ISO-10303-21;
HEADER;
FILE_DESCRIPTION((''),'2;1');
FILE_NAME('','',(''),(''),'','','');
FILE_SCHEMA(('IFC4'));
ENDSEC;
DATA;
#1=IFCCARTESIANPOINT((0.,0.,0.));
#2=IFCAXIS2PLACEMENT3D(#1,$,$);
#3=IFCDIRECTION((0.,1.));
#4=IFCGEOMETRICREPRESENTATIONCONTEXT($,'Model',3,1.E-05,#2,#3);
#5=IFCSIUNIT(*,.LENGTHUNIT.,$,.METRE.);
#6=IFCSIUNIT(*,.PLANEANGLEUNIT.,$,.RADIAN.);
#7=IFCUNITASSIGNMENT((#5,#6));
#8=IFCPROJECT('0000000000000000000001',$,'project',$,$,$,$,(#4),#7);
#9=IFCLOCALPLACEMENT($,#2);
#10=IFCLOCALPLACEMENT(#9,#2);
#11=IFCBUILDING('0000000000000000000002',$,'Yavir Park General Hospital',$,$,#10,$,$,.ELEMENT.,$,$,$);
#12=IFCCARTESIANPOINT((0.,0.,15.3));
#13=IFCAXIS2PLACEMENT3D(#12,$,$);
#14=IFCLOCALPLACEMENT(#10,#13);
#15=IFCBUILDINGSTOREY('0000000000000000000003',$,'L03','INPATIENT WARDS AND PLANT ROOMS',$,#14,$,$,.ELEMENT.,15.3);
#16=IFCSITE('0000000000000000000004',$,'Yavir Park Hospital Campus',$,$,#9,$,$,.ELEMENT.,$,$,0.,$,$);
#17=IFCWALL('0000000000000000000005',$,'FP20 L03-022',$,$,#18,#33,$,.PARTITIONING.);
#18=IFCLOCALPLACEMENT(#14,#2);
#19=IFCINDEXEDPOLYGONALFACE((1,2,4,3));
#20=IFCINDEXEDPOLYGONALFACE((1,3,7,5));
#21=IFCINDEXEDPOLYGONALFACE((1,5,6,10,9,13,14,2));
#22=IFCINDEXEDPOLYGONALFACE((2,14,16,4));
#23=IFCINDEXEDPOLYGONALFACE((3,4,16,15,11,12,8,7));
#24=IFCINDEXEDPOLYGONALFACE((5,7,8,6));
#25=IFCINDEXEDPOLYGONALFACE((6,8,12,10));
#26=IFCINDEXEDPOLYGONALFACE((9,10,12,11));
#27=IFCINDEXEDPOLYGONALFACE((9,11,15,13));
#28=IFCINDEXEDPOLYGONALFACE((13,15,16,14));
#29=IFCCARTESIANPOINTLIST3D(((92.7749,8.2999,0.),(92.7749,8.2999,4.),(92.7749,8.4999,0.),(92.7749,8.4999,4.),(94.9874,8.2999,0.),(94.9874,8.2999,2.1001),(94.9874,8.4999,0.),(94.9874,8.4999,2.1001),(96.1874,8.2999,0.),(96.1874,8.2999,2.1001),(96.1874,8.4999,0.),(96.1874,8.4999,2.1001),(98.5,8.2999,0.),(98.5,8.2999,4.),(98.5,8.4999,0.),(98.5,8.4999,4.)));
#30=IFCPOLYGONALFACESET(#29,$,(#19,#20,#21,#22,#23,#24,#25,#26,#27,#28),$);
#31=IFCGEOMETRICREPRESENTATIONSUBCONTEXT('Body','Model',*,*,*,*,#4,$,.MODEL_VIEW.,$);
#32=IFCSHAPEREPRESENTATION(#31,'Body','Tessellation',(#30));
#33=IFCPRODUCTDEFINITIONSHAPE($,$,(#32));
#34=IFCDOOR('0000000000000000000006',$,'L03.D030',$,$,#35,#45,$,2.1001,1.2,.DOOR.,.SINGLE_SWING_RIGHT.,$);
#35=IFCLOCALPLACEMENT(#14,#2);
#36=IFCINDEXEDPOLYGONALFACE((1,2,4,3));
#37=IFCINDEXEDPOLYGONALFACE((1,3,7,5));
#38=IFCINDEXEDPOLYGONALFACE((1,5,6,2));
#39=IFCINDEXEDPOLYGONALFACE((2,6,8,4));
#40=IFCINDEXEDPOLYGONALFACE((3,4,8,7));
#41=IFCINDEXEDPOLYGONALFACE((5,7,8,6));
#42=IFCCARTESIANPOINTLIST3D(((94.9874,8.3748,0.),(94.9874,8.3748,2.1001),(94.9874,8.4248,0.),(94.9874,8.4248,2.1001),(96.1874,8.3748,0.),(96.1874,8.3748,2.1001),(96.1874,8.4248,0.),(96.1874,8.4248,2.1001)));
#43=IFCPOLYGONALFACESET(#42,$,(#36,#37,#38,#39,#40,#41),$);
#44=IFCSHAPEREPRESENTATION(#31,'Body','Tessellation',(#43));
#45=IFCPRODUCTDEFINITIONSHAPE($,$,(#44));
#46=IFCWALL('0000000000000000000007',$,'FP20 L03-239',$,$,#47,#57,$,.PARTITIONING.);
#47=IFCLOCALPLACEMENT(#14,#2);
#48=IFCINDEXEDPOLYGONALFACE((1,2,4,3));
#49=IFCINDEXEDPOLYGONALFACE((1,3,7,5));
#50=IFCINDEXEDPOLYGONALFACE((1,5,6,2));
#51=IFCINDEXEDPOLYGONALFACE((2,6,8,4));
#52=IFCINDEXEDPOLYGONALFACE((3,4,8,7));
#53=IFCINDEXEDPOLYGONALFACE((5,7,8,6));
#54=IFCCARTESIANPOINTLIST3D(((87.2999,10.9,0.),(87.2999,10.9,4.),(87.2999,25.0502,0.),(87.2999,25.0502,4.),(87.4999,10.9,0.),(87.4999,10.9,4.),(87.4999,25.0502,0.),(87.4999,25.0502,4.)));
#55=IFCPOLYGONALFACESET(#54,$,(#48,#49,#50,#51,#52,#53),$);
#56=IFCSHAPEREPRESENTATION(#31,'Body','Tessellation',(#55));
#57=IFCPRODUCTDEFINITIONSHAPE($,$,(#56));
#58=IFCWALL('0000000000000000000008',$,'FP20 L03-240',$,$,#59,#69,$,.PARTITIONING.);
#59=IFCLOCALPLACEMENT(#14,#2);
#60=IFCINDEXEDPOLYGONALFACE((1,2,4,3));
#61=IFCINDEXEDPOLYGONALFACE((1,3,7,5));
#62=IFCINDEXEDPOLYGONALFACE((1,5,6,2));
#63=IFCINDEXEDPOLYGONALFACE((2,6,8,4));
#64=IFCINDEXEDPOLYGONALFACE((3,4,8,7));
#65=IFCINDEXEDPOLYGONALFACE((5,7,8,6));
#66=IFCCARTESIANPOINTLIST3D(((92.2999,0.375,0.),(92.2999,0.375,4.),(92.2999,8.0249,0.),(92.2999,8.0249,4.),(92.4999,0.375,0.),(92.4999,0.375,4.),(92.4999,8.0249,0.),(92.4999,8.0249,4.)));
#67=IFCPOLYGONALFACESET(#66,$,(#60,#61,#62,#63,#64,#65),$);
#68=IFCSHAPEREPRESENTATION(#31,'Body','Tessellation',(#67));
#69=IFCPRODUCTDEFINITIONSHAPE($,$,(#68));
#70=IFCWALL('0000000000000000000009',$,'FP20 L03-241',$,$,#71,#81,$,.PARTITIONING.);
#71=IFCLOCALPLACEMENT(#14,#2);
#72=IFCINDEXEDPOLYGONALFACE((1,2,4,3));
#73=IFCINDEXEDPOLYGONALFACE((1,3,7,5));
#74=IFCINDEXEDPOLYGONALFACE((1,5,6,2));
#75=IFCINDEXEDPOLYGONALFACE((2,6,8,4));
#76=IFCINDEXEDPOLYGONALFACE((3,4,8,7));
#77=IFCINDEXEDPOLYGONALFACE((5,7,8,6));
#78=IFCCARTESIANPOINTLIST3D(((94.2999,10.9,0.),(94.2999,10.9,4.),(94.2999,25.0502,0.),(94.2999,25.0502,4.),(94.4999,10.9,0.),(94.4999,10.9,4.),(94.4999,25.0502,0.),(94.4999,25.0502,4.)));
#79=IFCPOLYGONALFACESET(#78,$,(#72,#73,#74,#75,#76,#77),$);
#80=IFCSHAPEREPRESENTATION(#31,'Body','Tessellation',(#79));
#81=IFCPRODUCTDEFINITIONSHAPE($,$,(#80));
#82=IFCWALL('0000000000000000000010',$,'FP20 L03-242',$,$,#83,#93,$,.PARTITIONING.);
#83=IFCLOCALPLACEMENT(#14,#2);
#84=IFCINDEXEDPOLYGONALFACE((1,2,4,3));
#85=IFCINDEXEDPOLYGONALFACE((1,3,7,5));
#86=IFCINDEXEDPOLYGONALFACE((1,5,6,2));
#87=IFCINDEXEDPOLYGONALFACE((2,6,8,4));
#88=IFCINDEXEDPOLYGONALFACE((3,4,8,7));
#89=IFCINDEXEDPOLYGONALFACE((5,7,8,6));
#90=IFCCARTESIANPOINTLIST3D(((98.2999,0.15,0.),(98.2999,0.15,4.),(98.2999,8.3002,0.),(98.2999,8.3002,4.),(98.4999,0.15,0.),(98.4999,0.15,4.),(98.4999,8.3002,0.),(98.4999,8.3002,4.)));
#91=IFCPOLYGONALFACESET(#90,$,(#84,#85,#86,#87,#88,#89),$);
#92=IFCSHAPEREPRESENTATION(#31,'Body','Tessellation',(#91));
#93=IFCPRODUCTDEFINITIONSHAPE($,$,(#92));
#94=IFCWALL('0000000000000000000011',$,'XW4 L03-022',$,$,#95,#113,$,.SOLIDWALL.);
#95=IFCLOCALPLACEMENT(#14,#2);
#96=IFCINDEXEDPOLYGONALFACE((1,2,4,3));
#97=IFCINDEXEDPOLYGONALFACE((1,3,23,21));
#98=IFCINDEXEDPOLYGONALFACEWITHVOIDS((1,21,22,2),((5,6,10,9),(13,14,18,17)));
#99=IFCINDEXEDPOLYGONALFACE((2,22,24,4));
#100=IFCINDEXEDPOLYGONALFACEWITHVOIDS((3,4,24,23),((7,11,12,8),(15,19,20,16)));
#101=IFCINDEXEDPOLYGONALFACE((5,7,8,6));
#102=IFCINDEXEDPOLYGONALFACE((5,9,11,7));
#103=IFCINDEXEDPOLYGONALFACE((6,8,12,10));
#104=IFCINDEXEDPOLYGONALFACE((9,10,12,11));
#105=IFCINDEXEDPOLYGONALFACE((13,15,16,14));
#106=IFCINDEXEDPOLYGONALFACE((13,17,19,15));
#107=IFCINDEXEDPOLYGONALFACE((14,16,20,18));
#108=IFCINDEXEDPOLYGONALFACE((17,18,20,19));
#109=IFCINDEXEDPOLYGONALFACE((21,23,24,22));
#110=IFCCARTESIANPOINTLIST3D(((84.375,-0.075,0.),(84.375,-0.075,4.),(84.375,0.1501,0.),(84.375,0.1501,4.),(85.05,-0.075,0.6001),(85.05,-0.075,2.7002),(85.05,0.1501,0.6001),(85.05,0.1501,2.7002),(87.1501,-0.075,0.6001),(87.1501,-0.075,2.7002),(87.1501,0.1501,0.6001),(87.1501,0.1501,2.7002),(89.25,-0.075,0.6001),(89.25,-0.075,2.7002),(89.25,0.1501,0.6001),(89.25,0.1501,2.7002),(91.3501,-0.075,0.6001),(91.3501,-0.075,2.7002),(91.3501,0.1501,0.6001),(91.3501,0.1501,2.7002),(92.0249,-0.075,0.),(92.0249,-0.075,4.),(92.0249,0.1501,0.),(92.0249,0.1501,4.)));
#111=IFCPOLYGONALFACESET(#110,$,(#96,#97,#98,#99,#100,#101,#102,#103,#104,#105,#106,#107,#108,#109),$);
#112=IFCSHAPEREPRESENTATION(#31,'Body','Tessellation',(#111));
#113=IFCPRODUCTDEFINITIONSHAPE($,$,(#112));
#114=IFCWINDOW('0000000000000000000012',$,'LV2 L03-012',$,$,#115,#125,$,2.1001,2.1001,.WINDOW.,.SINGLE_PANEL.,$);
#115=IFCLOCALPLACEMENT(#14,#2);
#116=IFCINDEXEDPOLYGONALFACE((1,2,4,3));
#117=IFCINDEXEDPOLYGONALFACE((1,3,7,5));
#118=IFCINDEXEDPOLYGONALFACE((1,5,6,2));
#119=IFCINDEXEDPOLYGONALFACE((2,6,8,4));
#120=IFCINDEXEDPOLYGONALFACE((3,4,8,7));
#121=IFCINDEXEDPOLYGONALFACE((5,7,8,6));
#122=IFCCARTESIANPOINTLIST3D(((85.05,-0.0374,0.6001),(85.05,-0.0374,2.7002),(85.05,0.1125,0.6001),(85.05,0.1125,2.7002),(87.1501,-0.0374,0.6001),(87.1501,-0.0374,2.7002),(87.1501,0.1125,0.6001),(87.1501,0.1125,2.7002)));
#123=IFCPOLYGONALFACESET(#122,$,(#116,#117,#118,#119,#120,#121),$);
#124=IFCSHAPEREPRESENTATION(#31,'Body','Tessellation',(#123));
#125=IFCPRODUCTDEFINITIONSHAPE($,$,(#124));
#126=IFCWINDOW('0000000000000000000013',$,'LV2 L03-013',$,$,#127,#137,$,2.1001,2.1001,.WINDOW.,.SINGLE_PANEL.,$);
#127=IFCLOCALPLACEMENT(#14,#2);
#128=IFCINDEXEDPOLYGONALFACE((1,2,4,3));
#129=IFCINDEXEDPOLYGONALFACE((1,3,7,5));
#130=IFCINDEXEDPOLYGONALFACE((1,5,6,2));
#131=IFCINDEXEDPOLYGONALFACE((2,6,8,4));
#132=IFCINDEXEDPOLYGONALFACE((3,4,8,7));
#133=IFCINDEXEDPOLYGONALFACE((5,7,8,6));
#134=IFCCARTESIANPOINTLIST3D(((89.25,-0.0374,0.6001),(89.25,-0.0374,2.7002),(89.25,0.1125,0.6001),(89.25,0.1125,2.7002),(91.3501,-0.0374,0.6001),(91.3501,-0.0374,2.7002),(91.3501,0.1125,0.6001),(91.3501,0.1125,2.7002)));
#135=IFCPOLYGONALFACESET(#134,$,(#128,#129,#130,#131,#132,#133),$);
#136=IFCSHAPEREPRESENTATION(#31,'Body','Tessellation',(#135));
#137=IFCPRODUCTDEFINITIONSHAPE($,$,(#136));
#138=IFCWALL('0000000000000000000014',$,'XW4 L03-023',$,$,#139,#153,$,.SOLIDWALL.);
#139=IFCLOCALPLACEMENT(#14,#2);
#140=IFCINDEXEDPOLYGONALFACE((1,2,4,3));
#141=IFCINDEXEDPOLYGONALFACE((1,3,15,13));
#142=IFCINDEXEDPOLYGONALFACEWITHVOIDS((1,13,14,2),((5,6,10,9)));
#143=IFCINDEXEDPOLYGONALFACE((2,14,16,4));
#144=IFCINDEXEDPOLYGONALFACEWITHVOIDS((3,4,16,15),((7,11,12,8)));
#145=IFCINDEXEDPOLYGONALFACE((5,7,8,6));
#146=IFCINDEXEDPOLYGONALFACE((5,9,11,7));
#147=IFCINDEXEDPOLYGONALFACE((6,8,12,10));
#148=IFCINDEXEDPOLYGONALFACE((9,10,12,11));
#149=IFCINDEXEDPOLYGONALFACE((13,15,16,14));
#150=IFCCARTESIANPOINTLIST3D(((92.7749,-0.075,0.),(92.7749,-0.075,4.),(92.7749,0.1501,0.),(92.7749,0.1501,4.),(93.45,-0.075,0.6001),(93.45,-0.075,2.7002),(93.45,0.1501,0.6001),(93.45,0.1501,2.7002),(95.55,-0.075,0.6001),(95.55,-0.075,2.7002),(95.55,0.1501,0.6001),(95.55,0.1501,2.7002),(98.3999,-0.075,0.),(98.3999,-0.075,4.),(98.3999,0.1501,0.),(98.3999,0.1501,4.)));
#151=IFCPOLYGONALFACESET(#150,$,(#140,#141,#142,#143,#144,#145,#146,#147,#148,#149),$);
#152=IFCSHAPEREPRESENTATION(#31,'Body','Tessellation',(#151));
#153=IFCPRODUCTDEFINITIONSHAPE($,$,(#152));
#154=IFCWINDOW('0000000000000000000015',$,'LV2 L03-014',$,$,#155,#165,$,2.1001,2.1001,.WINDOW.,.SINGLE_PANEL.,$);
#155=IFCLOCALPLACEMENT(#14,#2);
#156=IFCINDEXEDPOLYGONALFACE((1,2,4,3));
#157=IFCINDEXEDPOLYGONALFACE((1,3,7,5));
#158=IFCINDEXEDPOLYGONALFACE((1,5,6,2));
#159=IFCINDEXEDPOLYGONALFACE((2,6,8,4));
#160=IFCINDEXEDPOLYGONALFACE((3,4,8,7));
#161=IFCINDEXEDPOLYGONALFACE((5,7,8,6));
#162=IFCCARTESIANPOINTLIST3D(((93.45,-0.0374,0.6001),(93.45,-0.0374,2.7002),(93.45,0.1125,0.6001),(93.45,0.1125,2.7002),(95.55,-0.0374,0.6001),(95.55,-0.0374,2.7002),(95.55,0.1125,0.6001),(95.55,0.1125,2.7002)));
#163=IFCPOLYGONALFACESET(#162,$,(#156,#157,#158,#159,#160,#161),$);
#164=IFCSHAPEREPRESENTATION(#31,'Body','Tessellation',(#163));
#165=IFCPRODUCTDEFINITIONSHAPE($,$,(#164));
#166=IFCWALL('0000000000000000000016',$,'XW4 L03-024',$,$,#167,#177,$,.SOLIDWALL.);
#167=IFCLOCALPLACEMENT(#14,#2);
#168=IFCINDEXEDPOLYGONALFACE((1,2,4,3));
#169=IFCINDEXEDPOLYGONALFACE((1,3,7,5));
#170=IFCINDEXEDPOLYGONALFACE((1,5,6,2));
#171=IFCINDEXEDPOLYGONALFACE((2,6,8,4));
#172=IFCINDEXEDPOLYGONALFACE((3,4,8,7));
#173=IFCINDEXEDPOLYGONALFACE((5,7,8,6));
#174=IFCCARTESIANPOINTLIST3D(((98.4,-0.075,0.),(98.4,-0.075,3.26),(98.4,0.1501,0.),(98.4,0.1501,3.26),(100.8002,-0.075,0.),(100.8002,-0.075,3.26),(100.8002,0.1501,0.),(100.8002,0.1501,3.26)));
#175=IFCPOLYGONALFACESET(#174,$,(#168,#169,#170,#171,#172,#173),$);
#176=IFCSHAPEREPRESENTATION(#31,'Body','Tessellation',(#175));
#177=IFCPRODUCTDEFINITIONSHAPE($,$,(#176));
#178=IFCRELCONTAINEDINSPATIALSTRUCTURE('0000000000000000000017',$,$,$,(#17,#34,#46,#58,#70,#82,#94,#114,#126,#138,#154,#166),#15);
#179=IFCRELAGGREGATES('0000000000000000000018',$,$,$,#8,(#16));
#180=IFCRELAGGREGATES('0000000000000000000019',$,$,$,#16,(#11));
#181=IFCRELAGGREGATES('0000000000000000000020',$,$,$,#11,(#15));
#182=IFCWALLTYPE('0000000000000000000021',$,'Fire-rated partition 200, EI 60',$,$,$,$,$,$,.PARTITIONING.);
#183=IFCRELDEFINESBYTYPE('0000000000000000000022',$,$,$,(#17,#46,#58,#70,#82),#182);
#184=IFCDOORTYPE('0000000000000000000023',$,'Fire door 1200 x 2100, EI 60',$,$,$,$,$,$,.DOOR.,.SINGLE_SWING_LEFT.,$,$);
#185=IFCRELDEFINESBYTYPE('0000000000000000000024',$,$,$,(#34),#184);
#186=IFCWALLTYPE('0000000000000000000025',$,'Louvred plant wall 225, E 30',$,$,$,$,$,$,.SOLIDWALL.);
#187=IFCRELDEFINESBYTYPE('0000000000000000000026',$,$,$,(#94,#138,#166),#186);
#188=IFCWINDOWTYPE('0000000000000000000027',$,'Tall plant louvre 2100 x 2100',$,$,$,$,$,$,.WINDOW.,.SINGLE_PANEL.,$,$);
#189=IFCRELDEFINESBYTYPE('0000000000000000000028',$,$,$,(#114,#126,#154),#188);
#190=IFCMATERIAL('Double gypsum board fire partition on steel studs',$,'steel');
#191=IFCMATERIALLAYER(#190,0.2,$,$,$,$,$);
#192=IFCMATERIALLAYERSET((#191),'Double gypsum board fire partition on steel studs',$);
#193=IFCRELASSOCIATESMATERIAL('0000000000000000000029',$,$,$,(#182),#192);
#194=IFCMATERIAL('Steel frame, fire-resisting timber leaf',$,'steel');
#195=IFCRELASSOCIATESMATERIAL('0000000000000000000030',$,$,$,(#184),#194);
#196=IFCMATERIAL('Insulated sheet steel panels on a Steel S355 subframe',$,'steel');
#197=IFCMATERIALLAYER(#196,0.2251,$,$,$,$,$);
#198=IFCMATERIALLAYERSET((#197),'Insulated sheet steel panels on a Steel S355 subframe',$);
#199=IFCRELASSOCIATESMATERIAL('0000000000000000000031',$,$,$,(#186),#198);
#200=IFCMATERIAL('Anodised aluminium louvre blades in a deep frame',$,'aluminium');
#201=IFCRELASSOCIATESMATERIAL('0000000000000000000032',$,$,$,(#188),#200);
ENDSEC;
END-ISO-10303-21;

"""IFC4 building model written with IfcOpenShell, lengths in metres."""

from ifc_helpers import new_model, si_unit, direction, frame, frame_2d, origin, place, context, subcontext, project, spatial, rectangle, extrude, material, layer, layer_set, type_object, element, fill, save


model = new_model("IFC4")

# Units and contexts
model_context = context("Model", 3, precision=1e-05, world=origin(), true_north=direction((0.0, 1.0)))
body_context = subcontext(model_context, "Body", "Model", "MODEL_VIEW")
ifc_project = project(units=[si_unit("LENGTHUNIT", "METRE"), si_unit("PLANEANGLEUNIT", "RADIAN")], contexts=[model_context])

# Site, building, storey
site_placement = place(None, origin())
site = spatial("IfcSite", under=ifc_project, at=site_placement, Name="Yavir Park Hospital Campus", CompositionType="ELEMENT", RefElevation=0.0)
building_placement = place(site_placement, origin())
building = spatial("IfcBuilding", under=site, at=building_placement, Name="Yavir Park General Hospital", CompositionType="ELEMENT")
storey_placement = place(building_placement, frame((0.0, 0.0, 15.3)))
storey = spatial("IfcBuildingStorey", under=building, at=storey_placement, Name="L03", Description="INPATIENT WARDS AND PLANT ROOMS", CompositionType="ELEMENT", Elevation=15.3)

# Shared definitions
ifc_material_1 = material(Name="Double gypsum board fire partition on steel studs", Category="steel")
ifc_layer_1 = layer(ifc_material_1, 0.2)
ifc_layer_set_1 = layer_set([ifc_layer_1], Name="Double gypsum board fire partition on steel studs")
wall_type_1 = type_object("IfcWallType", Name="Fire-rated partition 200, EI 60", PredefinedType="PARTITIONING", material=ifc_layer_set_1)

# Wall, opening, door
wall_1_placement = place(storey_placement, frame((92.7749, 8.3999, 0.0), z_axis=(0.0, 0.0, 1.0), x_axis=(1.0, 0.0, 0.0)))
wall_1 = element("IfcWall", 1, at=wall_1_placement, inside=storey, type_object=wall_type_1, Name="FP20 L03-022", PredefinedType="PARTITIONING", context=body_context, shape_type="SweptSolid", body=[
    extrude(rectangle(XDim=5.7251, YDim=0.2, at=frame_2d((2.8625, 0.0))), origin(), (0.0, 0.0, 1.0), 4.0),
])
opening_1_placement = place(wall_1_placement, frame((2.2124, 0.0, 0.0)))
opening_1 = element("IfcOpeningElement", 2, at=opening_1_placement, cuts=wall_1, PredefinedType="OPENING", context=body_context, shape_type="SweptSolid", body=[
    extrude(rectangle(XDim=1.2, YDim=2.1001, at=frame_2d((0.6001, 1.05))), frame((0.0, 0.1099, 0.0), z_axis=(0.0, -1.0, 0.0), x_axis=(1.0, 0.0, 0.0)), (0.0, 0.0, 1.0), 0.22),
])
ifc_material_2 = material(Name="Steel frame, fire-resisting timber leaf", Category="steel")
door_type = type_object("IfcDoorType", Name="Fire door 1200 x 2100, EI 60", OperationType="SINGLE_SWING_LEFT", PredefinedType="DOOR", material=ifc_material_2)
door_placement = place(opening_1_placement, origin())
door = element("IfcDoor", 3, at=door_placement, inside=storey, type_object=door_type, Name="L03.D030", OperationType="SINGLE_SWING_RIGHT", OverallHeight=2.1001, OverallWidth=1.2, PredefinedType="DOOR", context=body_context, shape_type="SweptSolid", body=[
    extrude(rectangle(XDim=1.2, YDim=2.1001, at=frame_2d((0.6001, 1.05))), frame((0.0, 0.0249, 0.0), z_axis=(0.0, -1.0, 0.0), x_axis=(1.0, 0.0, 0.0)), (0.0, 0.0, 1.0), 0.05),
])
fill(opening_1, door)

# Walls
wall_2_placement = place(storey_placement, frame((87.3999, 10.8999, 0.0), z_axis=(0.0, 0.0, 1.0), x_axis=(0.0, 1.0, 0.0)))
element("IfcWall", 4, at=wall_2_placement, inside=storey, type_object=wall_type_1, Name="FP20 L03-239", PredefinedType="PARTITIONING", context=body_context, shape_type="SweptSolid", body=[
    extrude(rectangle(XDim=14.1501, YDim=0.2, at=frame_2d((7.0752, 0.0))), origin(), (0.0, 0.0, 1.0), 4.0),
])
wall_3_placement = place(storey_placement, frame((92.3999, 0.375, 0.0), z_axis=(0.0, 0.0, 1.0), x_axis=(0.0, 1.0, 0.0)))
element("IfcWall", 5, at=wall_3_placement, inside=storey, type_object=wall_type_1, Name="FP20 L03-240", PredefinedType="PARTITIONING", context=body_context, shape_type="SweptSolid", body=[
    extrude(rectangle(XDim=7.6499, YDim=0.2, at=frame_2d((3.825, 0.0))), origin(), (0.0, 0.0, 1.0), 4.0),
])
wall_4_placement = place(storey_placement, frame((94.3999, 10.8999, 0.0), z_axis=(0.0, 0.0, 1.0), x_axis=(0.0, 1.0, 0.0)))
element("IfcWall", 6, at=wall_4_placement, inside=storey, type_object=wall_type_1, Name="FP20 L03-241", PredefinedType="PARTITIONING", context=body_context, shape_type="SweptSolid", body=[
    extrude(rectangle(XDim=14.1501, YDim=0.2, at=frame_2d((7.0752, 0.0))), origin(), (0.0, 0.0, 1.0), 4.0),
])
wall_5_placement = place(storey_placement, frame((98.3999, 0.1499, 0.0), z_axis=(0.0, 0.0, 1.0), x_axis=(0.0, 1.0, 0.0)))
element("IfcWall", 7, at=wall_5_placement, inside=storey, type_object=wall_type_1, Name="FP20 L03-242", PredefinedType="PARTITIONING", context=body_context, shape_type="SweptSolid", body=[
    extrude(rectangle(XDim=8.1501, YDim=0.2, at=frame_2d((4.0752, 0.0))), origin(), (0.0, 0.0, 1.0), 4.0),
])

# Wall, openings, windows
ifc_material_3 = material(Name="Insulated sheet steel panels on a Steel S355 subframe", Category="steel")
ifc_layer_2 = layer(ifc_material_3, 0.2251)
ifc_layer_set_2 = layer_set([ifc_layer_2], Name="Insulated sheet steel panels on a Steel S355 subframe")
wall_type_2 = type_object("IfcWallType", Name="Louvred plant wall 225, E 30", PredefinedType="SOLIDWALL", material=ifc_layer_set_2)
wall_6_placement = place(storey_placement, frame((84.375, 0.0376, 0.0), z_axis=(0.0, 0.0, 1.0), x_axis=(1.0, 0.0, 0.0)))
wall_6 = element("IfcWall", 8, at=wall_6_placement, inside=storey, type_object=wall_type_2, Name="XW4 L03-022", PredefinedType="SOLIDWALL", context=body_context, shape_type="SweptSolid", body=[
    extrude(rectangle(XDim=7.6499, YDim=0.2251, at=frame_2d((3.825, 0.0))), origin(), (0.0, 0.0, 1.0), 4.0),
])
opening_2_placement = place(wall_6_placement, frame((0.675, 0.0, 0.6001)))
opening_2 = element("IfcOpeningElement", 9, at=opening_2_placement, cuts=wall_6, PredefinedType="OPENING", context=body_context, shape_type="SweptSolid", body=[
    extrude(rectangle(XDim=2.1001, YDim=2.1001, at=frame_2d((1.05, 1.05))), frame((0.0, 0.1226, 0.0), z_axis=(0.0, -1.0, 0.0), x_axis=(1.0, 0.0, 0.0)), (0.0, 0.0, 1.0), 0.2451),
])
opening_3_placement = place(wall_6_placement, frame((4.875, 0.0, 0.6001)))
opening_3 = element("IfcOpeningElement", 10, at=opening_3_placement, cuts=wall_6, PredefinedType="OPENING", context=body_context, shape_type="SweptSolid", body=[
    extrude(rectangle(XDim=2.1001, YDim=2.1001, at=frame_2d((1.05, 1.05))), frame((0.0, 0.1226, 0.0), z_axis=(0.0, -1.0, 0.0), x_axis=(1.0, 0.0, 0.0)), (0.0, 0.0, 1.0), 0.2451),
])
ifc_material_4 = material(Name="Anodised aluminium louvre blades in a deep frame", Category="aluminium")
window_type = type_object("IfcWindowType", Name="Tall plant louvre 2100 x 2100", PartitioningType="SINGLE_PANEL", PredefinedType="WINDOW", material=ifc_material_4)
window_1_placement = place(opening_2_placement, origin())
window_1 = element("IfcWindow", 11, at=window_1_placement, inside=storey, type_object=window_type, Name="LV2 L03-012", OverallHeight=2.1001, OverallWidth=2.1001, PartitioningType="SINGLE_PANEL", PredefinedType="WINDOW", context=body_context, shape_type="SweptSolid", body=[
    extrude(rectangle(XDim=2.1001, YDim=2.1001, at=frame_2d((1.05, 1.05))), frame((0.0, 0.075, 0.0), z_axis=(0.0, -1.0, 0.0), x_axis=(1.0, 0.0, 0.0)), (0.0, 0.0, 1.0), 0.1499),
])
fill(opening_2, window_1)
window_2_placement = place(opening_3_placement, origin())
window_2 = element("IfcWindow", 12, at=window_2_placement, inside=storey, type_object=window_type, Name="LV2 L03-013", OverallHeight=2.1001, OverallWidth=2.1001, PartitioningType="SINGLE_PANEL", PredefinedType="WINDOW", context=body_context, shape_type="SweptSolid", body=[
    extrude(rectangle(XDim=2.1001, YDim=2.1001, at=frame_2d((1.05, 1.05))), frame((0.0, 0.075, 0.0), z_axis=(0.0, -1.0, 0.0), x_axis=(1.0, 0.0, 0.0)), (0.0, 0.0, 1.0), 0.1499),
])
fill(opening_3, window_2)

# Wall, opening, window
wall_7_placement = place(storey_placement, frame((92.7749, 0.0376, 0.0), z_axis=(0.0, 0.0, 1.0), x_axis=(1.0, 0.0, 0.0)))
wall_7 = element("IfcWall", 13, at=wall_7_placement, inside=storey, type_object=wall_type_2, Name="XW4 L03-023", PredefinedType="SOLIDWALL", context=body_context, shape_type="SweptSolid", body=[
    extrude(rectangle(XDim=5.625, YDim=0.2251, at=frame_2d((2.8125, 0.0))), origin(), (0.0, 0.0, 1.0), 4.0),
])
opening_4_placement = place(wall_7_placement, frame((0.675, 0.0, 0.6001)))
opening_4 = element("IfcOpeningElement", 14, at=opening_4_placement, cuts=wall_7, PredefinedType="OPENING", context=body_context, shape_type="SweptSolid", body=[
    extrude(rectangle(XDim=2.1001, YDim=2.1001, at=frame_2d((1.05, 1.05))), frame((0.0, 0.1226, 0.0), z_axis=(0.0, -1.0, 0.0), x_axis=(1.0, 0.0, 0.0)), (0.0, 0.0, 1.0), 0.2451),
])
window_3_placement = place(opening_4_placement, origin())
window_3 = element("IfcWindow", 15, at=window_3_placement, inside=storey, type_object=window_type, Name="LV2 L03-014", OverallHeight=2.1001, OverallWidth=2.1001, PartitioningType="SINGLE_PANEL", PredefinedType="WINDOW", context=body_context, shape_type="SweptSolid", body=[
    extrude(rectangle(XDim=2.1001, YDim=2.1001, at=frame_2d((1.05, 1.05))), frame((0.0, 0.075, 0.0), z_axis=(0.0, -1.0, 0.0), x_axis=(1.0, 0.0, 0.0)), (0.0, 0.0, 1.0), 0.1499),
])
fill(opening_4, window_3)

# Wall
wall_8_placement = place(storey_placement, frame((98.3999, 0.0376, 0.0), z_axis=(0.0, 0.0, 1.0), x_axis=(1.0, 0.0, 0.0)))
element("IfcWall", 16, at=wall_8_placement, inside=storey, type_object=wall_type_2, Name="XW4 L03-024", PredefinedType="SOLIDWALL", context=body_context, shape_type="SweptSolid", body=[
    extrude(rectangle(XDim=2.4001, YDim=0.2251, at=frame_2d((1.2002, 0.0))), origin(), (0.0, 0.0, 1.0), 3.26),
])

save(model, "model.ifc")
